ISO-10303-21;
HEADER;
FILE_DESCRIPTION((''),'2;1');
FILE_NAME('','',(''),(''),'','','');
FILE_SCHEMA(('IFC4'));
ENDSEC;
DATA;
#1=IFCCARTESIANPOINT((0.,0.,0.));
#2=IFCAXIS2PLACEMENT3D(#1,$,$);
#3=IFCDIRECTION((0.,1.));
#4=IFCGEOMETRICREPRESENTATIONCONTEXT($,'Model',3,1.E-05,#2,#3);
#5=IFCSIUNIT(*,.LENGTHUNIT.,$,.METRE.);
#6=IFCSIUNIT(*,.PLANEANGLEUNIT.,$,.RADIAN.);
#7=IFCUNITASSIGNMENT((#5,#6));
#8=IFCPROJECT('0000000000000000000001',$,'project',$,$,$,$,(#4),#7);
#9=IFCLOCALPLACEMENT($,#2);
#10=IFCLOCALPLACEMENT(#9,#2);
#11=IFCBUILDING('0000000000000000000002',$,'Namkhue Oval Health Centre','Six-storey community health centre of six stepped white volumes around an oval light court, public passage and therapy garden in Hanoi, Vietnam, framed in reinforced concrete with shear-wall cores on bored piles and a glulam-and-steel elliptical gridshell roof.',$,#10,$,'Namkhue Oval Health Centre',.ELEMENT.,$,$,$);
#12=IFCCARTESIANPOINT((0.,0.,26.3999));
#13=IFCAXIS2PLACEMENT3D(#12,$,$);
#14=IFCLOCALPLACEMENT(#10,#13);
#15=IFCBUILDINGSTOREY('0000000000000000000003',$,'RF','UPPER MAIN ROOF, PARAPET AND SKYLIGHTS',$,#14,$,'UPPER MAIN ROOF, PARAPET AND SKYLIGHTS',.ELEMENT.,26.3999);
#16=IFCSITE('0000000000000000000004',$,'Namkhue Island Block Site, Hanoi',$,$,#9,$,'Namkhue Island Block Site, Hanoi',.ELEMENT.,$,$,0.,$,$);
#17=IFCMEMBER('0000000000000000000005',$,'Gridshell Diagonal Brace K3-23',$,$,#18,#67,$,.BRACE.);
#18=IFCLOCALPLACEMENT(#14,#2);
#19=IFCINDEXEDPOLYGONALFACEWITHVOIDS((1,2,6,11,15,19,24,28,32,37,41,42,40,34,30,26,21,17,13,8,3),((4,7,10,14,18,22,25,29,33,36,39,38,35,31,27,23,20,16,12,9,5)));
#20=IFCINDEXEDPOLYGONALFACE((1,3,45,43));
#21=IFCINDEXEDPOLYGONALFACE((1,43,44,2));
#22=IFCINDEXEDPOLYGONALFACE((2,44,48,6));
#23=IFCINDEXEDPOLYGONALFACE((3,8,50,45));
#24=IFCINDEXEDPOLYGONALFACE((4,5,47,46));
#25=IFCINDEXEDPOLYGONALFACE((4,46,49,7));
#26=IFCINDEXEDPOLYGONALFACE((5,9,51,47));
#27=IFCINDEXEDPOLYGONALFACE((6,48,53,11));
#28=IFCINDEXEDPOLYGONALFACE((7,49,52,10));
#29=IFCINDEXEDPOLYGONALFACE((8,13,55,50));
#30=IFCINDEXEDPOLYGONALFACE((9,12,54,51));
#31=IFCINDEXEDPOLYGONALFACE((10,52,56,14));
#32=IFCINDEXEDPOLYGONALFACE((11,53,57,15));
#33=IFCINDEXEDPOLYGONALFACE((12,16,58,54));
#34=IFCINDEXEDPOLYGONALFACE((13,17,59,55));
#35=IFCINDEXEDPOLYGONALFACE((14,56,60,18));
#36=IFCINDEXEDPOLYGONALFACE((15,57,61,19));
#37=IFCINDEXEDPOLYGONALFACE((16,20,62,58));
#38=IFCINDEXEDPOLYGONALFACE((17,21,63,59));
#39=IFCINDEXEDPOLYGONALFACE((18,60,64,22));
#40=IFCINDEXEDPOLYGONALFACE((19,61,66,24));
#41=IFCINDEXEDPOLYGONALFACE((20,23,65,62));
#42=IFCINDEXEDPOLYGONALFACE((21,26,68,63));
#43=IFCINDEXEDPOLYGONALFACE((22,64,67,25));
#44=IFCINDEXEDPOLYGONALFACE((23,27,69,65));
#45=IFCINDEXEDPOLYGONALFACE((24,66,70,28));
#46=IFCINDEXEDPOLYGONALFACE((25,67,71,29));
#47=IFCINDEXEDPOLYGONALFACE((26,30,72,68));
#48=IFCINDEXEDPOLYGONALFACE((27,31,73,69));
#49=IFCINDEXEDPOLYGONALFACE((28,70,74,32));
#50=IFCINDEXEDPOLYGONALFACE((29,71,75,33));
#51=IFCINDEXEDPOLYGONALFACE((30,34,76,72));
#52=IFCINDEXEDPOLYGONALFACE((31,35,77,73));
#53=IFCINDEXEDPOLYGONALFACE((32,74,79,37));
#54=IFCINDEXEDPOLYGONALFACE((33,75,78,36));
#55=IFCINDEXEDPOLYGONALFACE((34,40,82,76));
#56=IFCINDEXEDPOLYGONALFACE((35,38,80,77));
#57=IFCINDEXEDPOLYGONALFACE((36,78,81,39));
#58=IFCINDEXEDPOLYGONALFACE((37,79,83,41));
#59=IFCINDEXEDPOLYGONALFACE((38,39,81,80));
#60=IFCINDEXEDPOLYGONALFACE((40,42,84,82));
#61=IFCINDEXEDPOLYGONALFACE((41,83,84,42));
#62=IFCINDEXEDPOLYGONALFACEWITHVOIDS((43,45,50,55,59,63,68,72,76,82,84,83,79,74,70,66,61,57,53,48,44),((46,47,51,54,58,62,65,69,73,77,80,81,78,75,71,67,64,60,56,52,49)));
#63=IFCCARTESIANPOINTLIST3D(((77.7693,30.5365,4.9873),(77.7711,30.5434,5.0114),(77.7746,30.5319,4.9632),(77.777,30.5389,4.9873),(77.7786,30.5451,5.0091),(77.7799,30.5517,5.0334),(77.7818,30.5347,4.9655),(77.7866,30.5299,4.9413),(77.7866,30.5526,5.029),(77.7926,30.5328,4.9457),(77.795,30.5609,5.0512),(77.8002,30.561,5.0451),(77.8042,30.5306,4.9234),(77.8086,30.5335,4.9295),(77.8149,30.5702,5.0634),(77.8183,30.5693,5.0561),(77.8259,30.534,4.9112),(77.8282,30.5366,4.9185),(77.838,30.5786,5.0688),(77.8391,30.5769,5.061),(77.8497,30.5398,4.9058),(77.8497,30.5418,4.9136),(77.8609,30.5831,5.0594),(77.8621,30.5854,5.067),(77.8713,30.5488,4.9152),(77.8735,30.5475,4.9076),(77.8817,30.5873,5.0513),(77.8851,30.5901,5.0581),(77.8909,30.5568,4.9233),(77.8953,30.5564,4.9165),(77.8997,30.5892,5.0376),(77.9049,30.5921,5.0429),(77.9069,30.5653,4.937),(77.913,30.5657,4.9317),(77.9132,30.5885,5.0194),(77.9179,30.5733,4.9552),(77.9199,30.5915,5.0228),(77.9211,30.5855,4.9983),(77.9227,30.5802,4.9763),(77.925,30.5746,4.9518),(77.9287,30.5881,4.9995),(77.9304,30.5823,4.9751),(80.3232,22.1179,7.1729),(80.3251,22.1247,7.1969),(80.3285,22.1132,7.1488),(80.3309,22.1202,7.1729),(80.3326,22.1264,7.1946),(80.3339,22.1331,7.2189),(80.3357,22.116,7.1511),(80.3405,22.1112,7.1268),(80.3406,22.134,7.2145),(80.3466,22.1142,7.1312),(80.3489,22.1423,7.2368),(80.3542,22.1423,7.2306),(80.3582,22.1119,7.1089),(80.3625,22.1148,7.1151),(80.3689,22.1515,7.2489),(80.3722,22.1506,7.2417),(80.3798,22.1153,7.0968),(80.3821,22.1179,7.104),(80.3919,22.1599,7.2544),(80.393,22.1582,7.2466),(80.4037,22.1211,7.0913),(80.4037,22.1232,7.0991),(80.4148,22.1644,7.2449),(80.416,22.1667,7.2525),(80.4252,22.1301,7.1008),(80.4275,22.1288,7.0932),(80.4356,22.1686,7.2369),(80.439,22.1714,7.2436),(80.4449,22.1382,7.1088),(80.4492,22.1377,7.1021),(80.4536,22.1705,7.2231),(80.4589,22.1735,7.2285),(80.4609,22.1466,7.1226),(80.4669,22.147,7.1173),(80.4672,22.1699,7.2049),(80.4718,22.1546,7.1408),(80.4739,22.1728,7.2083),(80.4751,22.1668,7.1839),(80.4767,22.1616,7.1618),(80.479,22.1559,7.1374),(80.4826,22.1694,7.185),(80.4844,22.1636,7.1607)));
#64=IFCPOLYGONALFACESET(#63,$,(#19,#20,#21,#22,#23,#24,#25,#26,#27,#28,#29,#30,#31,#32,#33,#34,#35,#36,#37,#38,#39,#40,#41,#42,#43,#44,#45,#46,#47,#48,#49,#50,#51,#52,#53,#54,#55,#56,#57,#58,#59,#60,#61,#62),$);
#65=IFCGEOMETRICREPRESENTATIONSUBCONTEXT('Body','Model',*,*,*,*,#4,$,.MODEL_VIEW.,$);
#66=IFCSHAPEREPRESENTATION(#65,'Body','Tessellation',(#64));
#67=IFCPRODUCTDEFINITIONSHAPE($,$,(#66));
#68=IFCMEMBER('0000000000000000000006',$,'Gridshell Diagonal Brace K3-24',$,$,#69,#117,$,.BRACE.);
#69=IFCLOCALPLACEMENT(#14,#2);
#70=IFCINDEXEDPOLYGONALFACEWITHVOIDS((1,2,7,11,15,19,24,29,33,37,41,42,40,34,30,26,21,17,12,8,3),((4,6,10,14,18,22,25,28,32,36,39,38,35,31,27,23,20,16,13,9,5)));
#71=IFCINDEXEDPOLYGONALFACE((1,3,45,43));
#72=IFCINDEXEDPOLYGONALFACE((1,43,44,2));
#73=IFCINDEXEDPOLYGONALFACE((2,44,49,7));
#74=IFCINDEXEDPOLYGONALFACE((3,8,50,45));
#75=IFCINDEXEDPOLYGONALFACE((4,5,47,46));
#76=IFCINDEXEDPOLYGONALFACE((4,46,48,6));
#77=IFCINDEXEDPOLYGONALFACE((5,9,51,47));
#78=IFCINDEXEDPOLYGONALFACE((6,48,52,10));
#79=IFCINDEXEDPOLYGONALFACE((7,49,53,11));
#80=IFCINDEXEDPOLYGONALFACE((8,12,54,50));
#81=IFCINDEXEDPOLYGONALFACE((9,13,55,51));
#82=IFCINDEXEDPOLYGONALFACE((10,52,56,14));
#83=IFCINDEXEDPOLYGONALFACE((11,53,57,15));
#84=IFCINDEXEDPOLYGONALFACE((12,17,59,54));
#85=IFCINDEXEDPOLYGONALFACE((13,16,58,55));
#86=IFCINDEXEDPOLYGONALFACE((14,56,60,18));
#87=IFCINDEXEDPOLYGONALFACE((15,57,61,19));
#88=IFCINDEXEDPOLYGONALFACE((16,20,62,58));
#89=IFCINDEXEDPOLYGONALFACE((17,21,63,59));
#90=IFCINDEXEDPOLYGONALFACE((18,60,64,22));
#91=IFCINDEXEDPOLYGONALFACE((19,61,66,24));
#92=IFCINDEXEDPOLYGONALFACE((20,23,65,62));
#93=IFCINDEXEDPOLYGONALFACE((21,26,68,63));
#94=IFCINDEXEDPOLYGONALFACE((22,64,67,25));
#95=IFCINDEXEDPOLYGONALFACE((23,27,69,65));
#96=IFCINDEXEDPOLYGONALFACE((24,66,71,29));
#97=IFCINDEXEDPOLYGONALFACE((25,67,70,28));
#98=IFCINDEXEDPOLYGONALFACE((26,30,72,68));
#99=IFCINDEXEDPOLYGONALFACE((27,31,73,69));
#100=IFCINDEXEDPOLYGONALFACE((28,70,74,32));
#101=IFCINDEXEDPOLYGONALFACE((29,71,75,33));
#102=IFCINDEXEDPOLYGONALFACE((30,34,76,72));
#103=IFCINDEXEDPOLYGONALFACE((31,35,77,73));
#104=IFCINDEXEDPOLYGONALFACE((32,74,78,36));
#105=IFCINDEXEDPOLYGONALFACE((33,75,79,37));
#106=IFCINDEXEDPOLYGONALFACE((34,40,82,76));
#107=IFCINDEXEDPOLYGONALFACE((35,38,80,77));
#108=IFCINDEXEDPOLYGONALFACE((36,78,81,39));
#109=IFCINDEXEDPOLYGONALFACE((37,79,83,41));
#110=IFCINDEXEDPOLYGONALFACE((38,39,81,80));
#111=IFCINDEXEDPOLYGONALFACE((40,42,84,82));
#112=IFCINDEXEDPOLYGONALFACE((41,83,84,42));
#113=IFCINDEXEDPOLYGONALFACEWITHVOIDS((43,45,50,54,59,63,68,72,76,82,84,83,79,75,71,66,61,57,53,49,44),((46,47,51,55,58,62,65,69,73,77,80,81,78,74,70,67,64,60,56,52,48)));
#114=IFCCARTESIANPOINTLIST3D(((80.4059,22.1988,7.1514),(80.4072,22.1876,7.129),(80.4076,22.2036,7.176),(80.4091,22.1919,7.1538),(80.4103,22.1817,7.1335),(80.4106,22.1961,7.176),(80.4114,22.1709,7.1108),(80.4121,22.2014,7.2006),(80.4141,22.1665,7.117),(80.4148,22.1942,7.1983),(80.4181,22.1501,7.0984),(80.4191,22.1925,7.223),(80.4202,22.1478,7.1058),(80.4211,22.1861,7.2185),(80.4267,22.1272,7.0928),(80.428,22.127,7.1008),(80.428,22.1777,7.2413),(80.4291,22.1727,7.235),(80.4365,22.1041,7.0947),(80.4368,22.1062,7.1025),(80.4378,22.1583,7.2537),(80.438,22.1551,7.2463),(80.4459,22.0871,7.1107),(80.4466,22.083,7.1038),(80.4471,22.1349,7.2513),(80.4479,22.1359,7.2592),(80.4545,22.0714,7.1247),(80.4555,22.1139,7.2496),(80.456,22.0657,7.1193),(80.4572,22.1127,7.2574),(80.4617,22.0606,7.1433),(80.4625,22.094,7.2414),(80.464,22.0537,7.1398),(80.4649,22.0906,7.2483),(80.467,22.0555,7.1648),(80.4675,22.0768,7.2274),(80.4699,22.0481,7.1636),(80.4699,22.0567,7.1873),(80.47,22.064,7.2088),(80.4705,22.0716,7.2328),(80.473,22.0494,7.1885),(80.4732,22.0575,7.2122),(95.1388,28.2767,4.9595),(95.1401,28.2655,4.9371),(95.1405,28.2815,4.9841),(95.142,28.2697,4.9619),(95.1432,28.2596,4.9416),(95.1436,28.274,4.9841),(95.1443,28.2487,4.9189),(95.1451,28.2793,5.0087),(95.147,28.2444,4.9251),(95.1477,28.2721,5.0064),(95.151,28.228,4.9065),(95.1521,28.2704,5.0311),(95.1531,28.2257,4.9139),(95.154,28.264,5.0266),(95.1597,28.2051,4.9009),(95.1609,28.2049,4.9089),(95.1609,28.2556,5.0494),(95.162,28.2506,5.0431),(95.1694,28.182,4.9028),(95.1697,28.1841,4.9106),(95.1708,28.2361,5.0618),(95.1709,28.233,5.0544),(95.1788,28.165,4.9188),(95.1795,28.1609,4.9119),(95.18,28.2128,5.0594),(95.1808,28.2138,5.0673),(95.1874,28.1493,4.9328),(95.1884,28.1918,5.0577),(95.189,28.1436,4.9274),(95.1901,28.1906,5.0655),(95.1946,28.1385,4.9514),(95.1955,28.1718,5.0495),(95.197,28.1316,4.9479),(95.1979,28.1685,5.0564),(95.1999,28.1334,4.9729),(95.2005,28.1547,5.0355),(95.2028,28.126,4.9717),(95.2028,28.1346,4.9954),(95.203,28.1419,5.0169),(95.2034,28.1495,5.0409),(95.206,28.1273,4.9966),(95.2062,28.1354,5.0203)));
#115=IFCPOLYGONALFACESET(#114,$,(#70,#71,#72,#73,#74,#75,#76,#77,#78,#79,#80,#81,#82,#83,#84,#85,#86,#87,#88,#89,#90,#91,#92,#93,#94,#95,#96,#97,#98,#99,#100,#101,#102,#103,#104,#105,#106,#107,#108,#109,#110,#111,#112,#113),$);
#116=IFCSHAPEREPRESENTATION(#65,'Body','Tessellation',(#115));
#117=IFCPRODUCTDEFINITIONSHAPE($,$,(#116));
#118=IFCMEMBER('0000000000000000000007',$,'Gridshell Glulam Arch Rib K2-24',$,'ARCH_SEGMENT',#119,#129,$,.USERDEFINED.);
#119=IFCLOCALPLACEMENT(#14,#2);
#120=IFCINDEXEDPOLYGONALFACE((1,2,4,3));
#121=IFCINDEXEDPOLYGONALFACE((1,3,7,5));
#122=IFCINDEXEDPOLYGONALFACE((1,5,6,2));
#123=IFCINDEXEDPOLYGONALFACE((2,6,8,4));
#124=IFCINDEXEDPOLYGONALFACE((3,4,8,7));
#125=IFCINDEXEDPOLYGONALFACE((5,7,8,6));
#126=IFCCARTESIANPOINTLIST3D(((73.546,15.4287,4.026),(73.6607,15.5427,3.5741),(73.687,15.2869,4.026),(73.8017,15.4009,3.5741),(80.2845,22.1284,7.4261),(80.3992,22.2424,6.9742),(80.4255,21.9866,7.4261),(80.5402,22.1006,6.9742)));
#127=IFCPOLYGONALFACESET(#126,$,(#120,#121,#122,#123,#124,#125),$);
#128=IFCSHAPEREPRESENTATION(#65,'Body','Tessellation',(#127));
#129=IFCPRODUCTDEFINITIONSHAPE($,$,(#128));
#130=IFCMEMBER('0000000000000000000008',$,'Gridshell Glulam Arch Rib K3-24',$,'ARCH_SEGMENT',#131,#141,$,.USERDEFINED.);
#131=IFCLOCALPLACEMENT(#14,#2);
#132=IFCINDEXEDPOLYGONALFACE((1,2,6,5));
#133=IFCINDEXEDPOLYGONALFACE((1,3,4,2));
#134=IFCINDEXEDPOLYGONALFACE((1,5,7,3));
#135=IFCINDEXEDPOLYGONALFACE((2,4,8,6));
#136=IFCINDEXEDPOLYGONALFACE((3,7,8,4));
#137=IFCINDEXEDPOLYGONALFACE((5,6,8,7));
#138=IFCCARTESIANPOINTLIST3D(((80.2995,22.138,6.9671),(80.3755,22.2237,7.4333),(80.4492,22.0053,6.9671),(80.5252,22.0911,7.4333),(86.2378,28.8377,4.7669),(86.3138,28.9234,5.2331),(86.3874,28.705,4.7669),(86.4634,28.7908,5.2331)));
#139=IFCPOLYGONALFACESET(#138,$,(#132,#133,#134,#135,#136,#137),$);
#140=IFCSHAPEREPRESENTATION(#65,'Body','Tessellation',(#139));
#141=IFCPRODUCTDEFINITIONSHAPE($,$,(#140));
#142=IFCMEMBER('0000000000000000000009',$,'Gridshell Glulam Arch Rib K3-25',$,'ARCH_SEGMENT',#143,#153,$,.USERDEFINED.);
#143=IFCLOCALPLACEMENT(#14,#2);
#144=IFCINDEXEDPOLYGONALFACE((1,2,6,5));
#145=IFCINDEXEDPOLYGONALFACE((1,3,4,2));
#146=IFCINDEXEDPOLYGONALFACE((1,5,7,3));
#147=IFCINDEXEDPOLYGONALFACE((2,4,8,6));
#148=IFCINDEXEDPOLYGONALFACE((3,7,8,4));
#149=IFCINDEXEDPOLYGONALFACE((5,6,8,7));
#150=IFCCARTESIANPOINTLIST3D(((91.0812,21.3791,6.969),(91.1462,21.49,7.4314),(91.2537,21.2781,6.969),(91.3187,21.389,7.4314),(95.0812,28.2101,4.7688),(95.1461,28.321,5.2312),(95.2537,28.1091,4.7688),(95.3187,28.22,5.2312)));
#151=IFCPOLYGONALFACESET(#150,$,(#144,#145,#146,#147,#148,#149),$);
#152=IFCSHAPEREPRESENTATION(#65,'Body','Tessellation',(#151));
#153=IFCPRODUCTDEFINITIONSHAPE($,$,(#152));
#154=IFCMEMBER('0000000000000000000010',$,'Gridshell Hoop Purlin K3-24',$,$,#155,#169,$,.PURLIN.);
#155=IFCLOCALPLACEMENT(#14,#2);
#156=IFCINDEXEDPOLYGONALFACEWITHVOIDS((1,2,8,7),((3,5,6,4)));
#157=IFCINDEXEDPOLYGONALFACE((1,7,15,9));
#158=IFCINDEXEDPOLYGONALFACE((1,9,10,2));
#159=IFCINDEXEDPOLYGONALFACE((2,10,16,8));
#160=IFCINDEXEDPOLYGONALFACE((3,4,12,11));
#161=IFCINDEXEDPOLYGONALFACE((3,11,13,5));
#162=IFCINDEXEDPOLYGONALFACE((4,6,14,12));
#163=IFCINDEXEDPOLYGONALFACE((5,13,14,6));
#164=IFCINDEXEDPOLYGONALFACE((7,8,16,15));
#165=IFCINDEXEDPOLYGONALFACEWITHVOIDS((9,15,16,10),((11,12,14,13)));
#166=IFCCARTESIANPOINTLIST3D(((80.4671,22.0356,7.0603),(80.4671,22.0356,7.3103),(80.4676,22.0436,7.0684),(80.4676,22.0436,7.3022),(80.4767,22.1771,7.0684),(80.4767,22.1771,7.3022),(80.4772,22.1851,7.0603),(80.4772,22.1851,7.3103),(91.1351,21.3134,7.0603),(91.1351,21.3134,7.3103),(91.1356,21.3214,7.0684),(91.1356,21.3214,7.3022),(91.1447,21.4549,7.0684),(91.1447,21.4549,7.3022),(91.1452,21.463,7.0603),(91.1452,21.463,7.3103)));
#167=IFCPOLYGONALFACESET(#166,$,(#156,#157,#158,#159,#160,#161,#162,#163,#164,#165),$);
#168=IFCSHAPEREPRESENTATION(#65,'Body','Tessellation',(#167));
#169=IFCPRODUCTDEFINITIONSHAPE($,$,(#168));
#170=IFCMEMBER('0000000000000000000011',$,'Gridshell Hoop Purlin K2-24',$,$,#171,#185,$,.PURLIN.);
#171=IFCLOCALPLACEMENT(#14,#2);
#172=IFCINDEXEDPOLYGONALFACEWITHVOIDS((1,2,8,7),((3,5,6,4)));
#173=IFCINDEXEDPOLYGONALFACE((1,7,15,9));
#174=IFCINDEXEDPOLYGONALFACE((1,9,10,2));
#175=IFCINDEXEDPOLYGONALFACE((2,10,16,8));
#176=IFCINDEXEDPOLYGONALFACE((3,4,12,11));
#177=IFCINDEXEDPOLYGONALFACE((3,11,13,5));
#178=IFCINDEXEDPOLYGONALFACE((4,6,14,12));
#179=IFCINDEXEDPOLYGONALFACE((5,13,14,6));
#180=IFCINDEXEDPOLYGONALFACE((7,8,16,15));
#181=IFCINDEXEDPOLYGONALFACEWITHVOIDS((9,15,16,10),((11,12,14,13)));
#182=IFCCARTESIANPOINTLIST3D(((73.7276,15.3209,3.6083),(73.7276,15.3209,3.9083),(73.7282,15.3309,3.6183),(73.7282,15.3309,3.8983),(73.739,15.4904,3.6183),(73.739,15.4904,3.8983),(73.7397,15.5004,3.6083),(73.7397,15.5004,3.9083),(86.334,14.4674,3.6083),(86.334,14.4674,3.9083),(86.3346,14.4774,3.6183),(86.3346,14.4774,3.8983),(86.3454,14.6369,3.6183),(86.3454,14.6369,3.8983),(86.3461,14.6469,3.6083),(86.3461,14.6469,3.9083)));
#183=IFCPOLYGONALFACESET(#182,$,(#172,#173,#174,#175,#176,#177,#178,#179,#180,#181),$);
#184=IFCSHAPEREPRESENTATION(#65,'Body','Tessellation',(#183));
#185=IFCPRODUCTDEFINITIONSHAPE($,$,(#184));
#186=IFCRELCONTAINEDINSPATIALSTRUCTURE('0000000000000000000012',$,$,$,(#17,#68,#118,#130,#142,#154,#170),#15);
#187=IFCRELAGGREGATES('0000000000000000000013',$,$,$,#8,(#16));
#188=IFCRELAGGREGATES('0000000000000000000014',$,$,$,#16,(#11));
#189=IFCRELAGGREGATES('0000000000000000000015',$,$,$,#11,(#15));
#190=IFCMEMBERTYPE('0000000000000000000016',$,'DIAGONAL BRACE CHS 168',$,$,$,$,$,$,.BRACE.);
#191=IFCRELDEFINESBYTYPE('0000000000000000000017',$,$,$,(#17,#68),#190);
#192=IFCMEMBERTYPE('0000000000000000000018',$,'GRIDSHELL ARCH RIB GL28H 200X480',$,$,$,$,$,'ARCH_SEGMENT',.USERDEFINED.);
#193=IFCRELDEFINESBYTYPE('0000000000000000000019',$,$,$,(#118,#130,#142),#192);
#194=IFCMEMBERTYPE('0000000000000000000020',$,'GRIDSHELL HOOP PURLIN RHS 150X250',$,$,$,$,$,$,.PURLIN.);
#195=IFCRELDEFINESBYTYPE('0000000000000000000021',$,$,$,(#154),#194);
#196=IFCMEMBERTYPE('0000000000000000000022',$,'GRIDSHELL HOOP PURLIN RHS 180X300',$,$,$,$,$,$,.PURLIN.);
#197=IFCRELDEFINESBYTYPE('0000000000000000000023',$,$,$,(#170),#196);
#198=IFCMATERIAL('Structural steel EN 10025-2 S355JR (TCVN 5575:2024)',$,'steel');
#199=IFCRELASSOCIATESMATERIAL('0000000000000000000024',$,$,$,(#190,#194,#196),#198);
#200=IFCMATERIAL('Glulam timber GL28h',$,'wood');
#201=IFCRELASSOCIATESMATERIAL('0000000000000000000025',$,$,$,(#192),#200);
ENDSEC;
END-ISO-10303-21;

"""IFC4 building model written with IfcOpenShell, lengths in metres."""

from ifc_helpers import new_model, si_unit, direction, frame, origin, origin_2d, place, context, subcontext, project, spatial, rectangle, hollow_rectangle, hollow_circle, extrude, material, material_profile, profile_set, type_object, element, save


model = new_model("IFC4")

# Units and contexts
model_context = context("Model", 3, precision=1e-05, world=origin(), true_north=direction((0.0, 1.0)))
body_context = subcontext(model_context, "Body", "Model", "MODEL_VIEW")
ifc_project = project(units=[si_unit("LENGTHUNIT", "METRE"), si_unit("PLANEANGLEUNIT", "RADIAN")], contexts=[model_context])

# Site, building, storey
site_placement = place(None, origin())
site = spatial("IfcSite", under=ifc_project, at=site_placement, Name="Namkhue Island Block Site, Hanoi", LongName="Namkhue Island Block Site, Hanoi", CompositionType="ELEMENT", RefElevation=0.0)
building_placement = place(site_placement, origin())
building = spatial("IfcBuilding", under=site, at=building_placement, Name="Namkhue Oval Health Centre", Description="Six-storey community health centre of six stepped white volumes around an oval light court, public passage and therapy garden in Hanoi, Vietnam, framed in reinforced concrete with shear-wall cores on bored piles and a glulam-and-steel elliptical gridshell roof.", LongName="Namkhue Oval Health Centre", CompositionType="ELEMENT")
storey_placement = place(building_placement, frame((0.0, 0.0, 26.3999)))
storey = spatial("IfcBuildingStorey", under=building, at=storey_placement, Name="RF", Description="UPPER MAIN ROOF, PARAPET AND SKYLIGHTS", LongName="UPPER MAIN ROOF, PARAPET AND SKYLIGHTS", CompositionType="ELEMENT", Elevation=26.3999)

# Members
ifc_material_1 = material(Name="Structural steel EN 10025-2 S355JR (TCVN 5575:2024)", Category="steel")
ifc_material_profile_1 = material_profile(ifc_material_1, hollow_circle(Radius=0.0842, WallThickness=0.0081, at=origin_2d()), Name="CHS 168.3x8")
ifc_profile_set_1 = profile_set([ifc_material_profile_1], Name="Structural steel EN 10025-2 S355JR (TCVN 5575:2024)")
member_type_1 = type_object("IfcMemberType", Name="DIAGONAL BRACE CHS 168", PredefinedType="BRACE", material=ifc_profile_set_1)
member_1_placement = place(storey_placement, frame((80.4038, 22.1423, 7.1729), z_axis=(-0.281739, 0.928706, -0.241098), x_axis=(-0.956935, -0.290302, 0.0)))
element("IfcMember", 1, at=member_1_placement, inside=storey, type_object=member_type_1, Name="Gridshell Diagonal Brace K3-23", PredefinedType="BRACE", context=body_context, shape_type="SweptSolid", body=[
    extrude(hollow_circle(Radius=0.0842, WallThickness=0.0081, at=origin_2d()), origin(), (0.0, 0.0, 1.0), 9.0649),
])
member_2_placement = place(storey_placement, frame((80.4397, 22.1257, 7.176), z_axis=(0.915806, 0.377804, -0.136249), x_axis=(-0.381361, 0.924426, 0.0)))
element("IfcMember", 2, at=member_2_placement, inside=storey, type_object=member_type_1, Name="Gridshell Diagonal Brace K3-24", PredefinedType="BRACE", context=body_context, shape_type="SweptSolid", body=[
    extrude(hollow_circle(Radius=0.0842, WallThickness=0.0081, at=origin_2d()), origin(), (0.0, 0.0, 1.0), 16.0874),
])
ifc_material_2 = material(Name="Glulam timber GL28h", Category="wood")
ifc_material_profile_2 = material_profile(ifc_material_2, rectangle(XDim=0.2, YDim=0.48, at=origin_2d()), Name="GL28h 200x480")
ifc_profile_set_2 = profile_set([ifc_material_profile_2], Name="Glulam timber GL28h")
member_type_2 = type_object("IfcMemberType", Name="GRIDSHELL ARCH RIB GL28H 200X480", ElementType="ARCH_SEGMENT", PredefinedType="USERDEFINED", material=ifc_profile_set_2)
member_3_placement = place(storey_placement, frame((73.6738, 15.4148, 3.8), z_axis=(0.667689, 0.663843, 0.336905), x_axis=(-0.705061, 0.709146, 0.0)))
element("IfcMember", 3, at=member_3_placement, inside=storey, type_object=member_type_2, Name="Gridshell Glulam Arch Rib K2-24", ObjectType="ARCH_SEGMENT", PredefinedType="USERDEFINED", context=body_context, shape_type="SweptSolid", body=[
    extrude(rectangle(XDim=0.2, YDim=0.48, at=origin_2d()), origin(), (0.0, 0.0, 1.0), 10.0923),
])
member_4_placement = place(storey_placement, frame((80.4124, 22.1145, 7.2002), z_axis=(0.644131, 0.72673, -0.238659), x_axis=(-0.748355, 0.663298, 0.0)))
element("IfcMember", 4, at=member_4_placement, inside=storey, type_object=member_type_2, Name="Gridshell Glulam Arch Rib K3-24", ObjectType="ARCH_SEGMENT", PredefinedType="USERDEFINED", context=body_context, shape_type="SweptSolid", body=[
    extrude(rectangle(XDim=0.2, YDim=0.48, at=origin_2d()), origin(), (0.0, 0.0, 1.0), 9.219),
])
member_5_placement = place(storey_placement, frame((91.2, 21.384, 7.2002), z_axis=(0.486849, 0.831424, -0.267791), x_axis=(-0.862941, 0.505305, 0.0)))
element("IfcMember", 5, at=member_5_placement, inside=storey, type_object=member_type_2, Name="Gridshell Glulam Arch Rib K3-25", ObjectType="ARCH_SEGMENT", PredefinedType="USERDEFINED", context=body_context, shape_type="SweptSolid", body=[
    extrude(rectangle(XDim=0.2, YDim=0.48, at=origin_2d()), origin(), (0.0, 0.0, 1.0), 8.2161),
])
ifc_material_profile_3 = material_profile(ifc_material_1, hollow_rectangle(XDim=0.1499, YDim=0.25, WallThickness=0.0081, at=origin_2d()), Name="RHS 150x250x8")
ifc_profile_set_3 = profile_set([ifc_material_profile_3], Name="Structural steel EN 10025-2 S355JR (TCVN 5575:2024)")
member_type_3 = type_object("IfcMemberType", Name="GRIDSHELL HOOP PURLIN RHS 150X250", PredefinedType="PURLIN", material=ifc_profile_set_3)
member_6_placement = place(storey_placement, frame((80.4722, 22.1104, 7.1853), z_axis=(0.997717, -0.06754, 0.0), x_axis=(0.06754, 0.997717, 0.0)))
element("IfcMember", 6, at=member_6_placement, inside=storey, type_object=member_type_3, Name="Gridshell Hoop Purlin K3-24", PredefinedType="PURLIN", context=body_context, shape_type="SweptSolid", body=[
    extrude(hollow_rectangle(XDim=0.1499, YDim=0.25, WallThickness=0.0081, at=origin_2d()), origin(), (0.0, 0.0, 1.0), 10.6924),
])
ifc_material_profile_4 = material_profile(ifc_material_1, hollow_rectangle(XDim=0.1799, YDim=0.3, WallThickness=0.01, at=origin_2d()), Name="RHS 180x300x10")
ifc_profile_set_4 = profile_set([ifc_material_profile_4], Name="Structural steel EN 10025-2 S355JR (TCVN 5575:2024)")
member_type_4 = type_object("IfcMemberType", Name="GRIDSHELL HOOP PURLIN RHS 180X300", PredefinedType="PURLIN", material=ifc_profile_set_4)
member_7_placement = place(storey_placement, frame((73.7336, 15.4106, 3.7583), z_axis=(0.997716, -0.06755, 0.0), x_axis=(0.06755, 0.997716, 0.0)))
element("IfcMember", 7, at=member_7_placement, inside=storey, type_object=member_type_4, Name="Gridshell Hoop Purlin K2-24", PredefinedType="PURLIN", context=body_context, shape_type="SweptSolid", body=[
    extrude(hollow_rectangle(XDim=0.1799, YDim=0.3, WallThickness=0.01, at=origin_2d()), origin(), (0.0, 0.0, 1.0), 12.6353),
])

save(model, "model.ifc")
